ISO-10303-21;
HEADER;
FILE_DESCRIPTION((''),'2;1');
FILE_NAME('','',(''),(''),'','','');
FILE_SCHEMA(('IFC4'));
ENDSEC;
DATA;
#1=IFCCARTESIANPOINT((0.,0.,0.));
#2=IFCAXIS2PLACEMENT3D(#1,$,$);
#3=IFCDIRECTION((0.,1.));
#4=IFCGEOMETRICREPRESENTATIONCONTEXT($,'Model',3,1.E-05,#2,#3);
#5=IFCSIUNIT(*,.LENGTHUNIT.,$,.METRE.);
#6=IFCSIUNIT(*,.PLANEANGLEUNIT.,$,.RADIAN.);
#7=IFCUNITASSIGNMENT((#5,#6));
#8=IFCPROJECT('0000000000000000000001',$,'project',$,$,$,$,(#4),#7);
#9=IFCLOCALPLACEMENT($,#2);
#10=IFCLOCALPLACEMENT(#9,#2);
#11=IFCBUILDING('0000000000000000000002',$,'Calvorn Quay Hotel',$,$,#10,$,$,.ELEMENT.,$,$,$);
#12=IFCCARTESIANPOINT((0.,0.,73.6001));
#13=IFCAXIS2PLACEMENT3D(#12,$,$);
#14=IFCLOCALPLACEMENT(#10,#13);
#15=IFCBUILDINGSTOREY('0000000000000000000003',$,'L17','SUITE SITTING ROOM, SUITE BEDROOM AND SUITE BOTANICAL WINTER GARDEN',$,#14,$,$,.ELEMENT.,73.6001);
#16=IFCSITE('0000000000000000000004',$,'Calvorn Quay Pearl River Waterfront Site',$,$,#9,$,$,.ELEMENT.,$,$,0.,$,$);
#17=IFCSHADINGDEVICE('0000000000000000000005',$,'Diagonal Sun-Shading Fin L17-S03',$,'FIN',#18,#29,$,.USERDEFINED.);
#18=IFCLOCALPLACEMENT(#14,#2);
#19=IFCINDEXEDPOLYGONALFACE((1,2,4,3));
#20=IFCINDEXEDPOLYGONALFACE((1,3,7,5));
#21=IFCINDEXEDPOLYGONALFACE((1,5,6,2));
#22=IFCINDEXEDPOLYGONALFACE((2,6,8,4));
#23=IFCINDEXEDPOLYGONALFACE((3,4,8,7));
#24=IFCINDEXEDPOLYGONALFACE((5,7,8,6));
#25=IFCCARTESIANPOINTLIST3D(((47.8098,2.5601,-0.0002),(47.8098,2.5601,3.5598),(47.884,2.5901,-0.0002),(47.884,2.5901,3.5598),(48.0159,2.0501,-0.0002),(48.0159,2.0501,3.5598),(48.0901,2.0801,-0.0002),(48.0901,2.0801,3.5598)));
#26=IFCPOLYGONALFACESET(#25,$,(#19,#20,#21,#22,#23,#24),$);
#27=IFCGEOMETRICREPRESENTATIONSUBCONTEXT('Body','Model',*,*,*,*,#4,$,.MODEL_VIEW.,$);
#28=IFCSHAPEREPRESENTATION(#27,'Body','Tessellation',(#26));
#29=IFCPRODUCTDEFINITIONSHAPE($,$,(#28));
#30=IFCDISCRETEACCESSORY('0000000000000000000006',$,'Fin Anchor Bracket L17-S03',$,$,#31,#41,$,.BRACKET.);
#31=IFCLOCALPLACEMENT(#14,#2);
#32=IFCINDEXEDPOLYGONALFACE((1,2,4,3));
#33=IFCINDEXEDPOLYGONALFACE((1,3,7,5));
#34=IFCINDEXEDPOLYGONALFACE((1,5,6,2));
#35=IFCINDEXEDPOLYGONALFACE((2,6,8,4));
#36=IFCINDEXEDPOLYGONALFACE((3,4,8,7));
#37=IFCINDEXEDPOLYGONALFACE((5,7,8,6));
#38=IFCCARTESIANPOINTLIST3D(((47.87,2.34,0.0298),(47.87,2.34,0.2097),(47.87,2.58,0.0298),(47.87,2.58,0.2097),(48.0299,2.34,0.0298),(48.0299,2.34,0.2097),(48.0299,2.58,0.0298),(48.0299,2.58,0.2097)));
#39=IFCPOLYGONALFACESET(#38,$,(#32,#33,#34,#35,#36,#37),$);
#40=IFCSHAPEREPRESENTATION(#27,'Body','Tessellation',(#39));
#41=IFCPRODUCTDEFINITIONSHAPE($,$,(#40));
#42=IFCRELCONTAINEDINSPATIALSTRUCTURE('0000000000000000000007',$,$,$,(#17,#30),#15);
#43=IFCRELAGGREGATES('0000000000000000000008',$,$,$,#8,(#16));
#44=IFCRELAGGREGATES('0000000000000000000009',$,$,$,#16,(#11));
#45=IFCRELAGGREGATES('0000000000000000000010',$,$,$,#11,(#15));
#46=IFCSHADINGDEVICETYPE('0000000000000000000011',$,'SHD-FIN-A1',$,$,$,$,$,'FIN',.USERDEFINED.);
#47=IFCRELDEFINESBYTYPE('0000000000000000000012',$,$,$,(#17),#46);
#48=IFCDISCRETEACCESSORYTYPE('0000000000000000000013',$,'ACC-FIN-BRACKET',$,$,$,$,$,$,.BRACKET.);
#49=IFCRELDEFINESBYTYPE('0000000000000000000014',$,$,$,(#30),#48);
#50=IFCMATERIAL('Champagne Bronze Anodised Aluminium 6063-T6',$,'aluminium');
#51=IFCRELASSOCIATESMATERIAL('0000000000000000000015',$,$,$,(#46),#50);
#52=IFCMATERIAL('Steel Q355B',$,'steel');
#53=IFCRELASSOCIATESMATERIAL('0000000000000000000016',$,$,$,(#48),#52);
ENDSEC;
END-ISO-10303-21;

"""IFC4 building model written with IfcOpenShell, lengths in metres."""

from ifc_helpers import new_model, si_unit, direction, frame, origin, origin_2d, place, context, subcontext, project, spatial, rectangle, extrude, material, type_object, element, save


model = new_model("IFC4")

# Units and contexts
model_context = context("Model", 3, precision=1e-05, world=origin(), true_north=direction((0.0, 1.0)))
body_context = subcontext(model_context, "Body", "Model", "MODEL_VIEW")
ifc_project = project(units=[si_unit("LENGTHUNIT", "METRE"), si_unit("PLANEANGLEUNIT", "RADIAN")], contexts=[model_context])

# Site, building, storey
site_placement = place(None, origin())
site = spatial("IfcSite", under=ifc_project, at=site_placement, Name="Calvorn Quay Pearl River Waterfront Site", CompositionType="ELEMENT", RefElevation=0.0)
building_placement = place(site_placement, origin())
building = spatial("IfcBuilding", under=site, at=building_placement, Name="Calvorn Quay Hotel", CompositionType="ELEMENT")
storey_placement = place(building_placement, frame((0.0, 0.0, 73.6001)))
storey = spatial("IfcBuildingStorey", under=building, at=storey_placement, Name="L17", Description="SUITE SITTING ROOM, SUITE BEDROOM AND SUITE BOTANICAL WINTER GARDEN", CompositionType="ELEMENT", Elevation=73.6001)

# Shading device
ifc_material_1 = material(Name="Champagne Bronze Anodised Aluminium 6063-T6", Category="aluminium")
shading_device_type = type_object("IfcShadingDeviceType", Name="SHD-FIN-A1", ElementType="FIN", PredefinedType="USERDEFINED", material=ifc_material_1)
shading_device_placement = place(storey_placement, frame((47.95, 2.3201, -0.0002), z_axis=(0.0, 0.0, 1.0), x_axis=(-0.374607, 0.927184, 0.0)))
element("IfcShadingDevice", 1, at=shading_device_placement, inside=storey, type_object=shading_device_type, Name="Diagonal Sun-Shading Fin L17-S03", ObjectType="FIN", PredefinedType="USERDEFINED", context=body_context, shape_type="SweptSolid", body=[
    extrude(rectangle(XDim=0.55, YDim=0.0801, at=origin_2d()), origin(), (0.0, 0.0, 1.0), 3.5601),
])

# Discrete accessory
ifc_material_2 = material(Name="Steel Q355B", Category="steel")
discrete_accessory_type = type_object("IfcDiscreteAccessoryType", Name="ACC-FIN-BRACKET", PredefinedType="BRACKET", material=ifc_material_2)
discrete_accessory_placement = place(storey_placement, frame((47.95, 2.46, 0.0298), z_axis=(0.0, 0.0, 1.0), x_axis=(0.0, 1.0, 0.0)))
element("IfcDiscreteAccessory", 2, at=discrete_accessory_placement, inside=storey, type_object=discrete_accessory_type, Name="Fin Anchor Bracket L17-S03", PredefinedType="BRACKET", context=body_context, shape_type="SweptSolid", body=[
    extrude(rectangle(XDim=0.24, YDim=0.1599, at=origin_2d()), origin(), (0.0, 0.0, 1.0), 0.1799),
])

save(model, "model.ifc")
